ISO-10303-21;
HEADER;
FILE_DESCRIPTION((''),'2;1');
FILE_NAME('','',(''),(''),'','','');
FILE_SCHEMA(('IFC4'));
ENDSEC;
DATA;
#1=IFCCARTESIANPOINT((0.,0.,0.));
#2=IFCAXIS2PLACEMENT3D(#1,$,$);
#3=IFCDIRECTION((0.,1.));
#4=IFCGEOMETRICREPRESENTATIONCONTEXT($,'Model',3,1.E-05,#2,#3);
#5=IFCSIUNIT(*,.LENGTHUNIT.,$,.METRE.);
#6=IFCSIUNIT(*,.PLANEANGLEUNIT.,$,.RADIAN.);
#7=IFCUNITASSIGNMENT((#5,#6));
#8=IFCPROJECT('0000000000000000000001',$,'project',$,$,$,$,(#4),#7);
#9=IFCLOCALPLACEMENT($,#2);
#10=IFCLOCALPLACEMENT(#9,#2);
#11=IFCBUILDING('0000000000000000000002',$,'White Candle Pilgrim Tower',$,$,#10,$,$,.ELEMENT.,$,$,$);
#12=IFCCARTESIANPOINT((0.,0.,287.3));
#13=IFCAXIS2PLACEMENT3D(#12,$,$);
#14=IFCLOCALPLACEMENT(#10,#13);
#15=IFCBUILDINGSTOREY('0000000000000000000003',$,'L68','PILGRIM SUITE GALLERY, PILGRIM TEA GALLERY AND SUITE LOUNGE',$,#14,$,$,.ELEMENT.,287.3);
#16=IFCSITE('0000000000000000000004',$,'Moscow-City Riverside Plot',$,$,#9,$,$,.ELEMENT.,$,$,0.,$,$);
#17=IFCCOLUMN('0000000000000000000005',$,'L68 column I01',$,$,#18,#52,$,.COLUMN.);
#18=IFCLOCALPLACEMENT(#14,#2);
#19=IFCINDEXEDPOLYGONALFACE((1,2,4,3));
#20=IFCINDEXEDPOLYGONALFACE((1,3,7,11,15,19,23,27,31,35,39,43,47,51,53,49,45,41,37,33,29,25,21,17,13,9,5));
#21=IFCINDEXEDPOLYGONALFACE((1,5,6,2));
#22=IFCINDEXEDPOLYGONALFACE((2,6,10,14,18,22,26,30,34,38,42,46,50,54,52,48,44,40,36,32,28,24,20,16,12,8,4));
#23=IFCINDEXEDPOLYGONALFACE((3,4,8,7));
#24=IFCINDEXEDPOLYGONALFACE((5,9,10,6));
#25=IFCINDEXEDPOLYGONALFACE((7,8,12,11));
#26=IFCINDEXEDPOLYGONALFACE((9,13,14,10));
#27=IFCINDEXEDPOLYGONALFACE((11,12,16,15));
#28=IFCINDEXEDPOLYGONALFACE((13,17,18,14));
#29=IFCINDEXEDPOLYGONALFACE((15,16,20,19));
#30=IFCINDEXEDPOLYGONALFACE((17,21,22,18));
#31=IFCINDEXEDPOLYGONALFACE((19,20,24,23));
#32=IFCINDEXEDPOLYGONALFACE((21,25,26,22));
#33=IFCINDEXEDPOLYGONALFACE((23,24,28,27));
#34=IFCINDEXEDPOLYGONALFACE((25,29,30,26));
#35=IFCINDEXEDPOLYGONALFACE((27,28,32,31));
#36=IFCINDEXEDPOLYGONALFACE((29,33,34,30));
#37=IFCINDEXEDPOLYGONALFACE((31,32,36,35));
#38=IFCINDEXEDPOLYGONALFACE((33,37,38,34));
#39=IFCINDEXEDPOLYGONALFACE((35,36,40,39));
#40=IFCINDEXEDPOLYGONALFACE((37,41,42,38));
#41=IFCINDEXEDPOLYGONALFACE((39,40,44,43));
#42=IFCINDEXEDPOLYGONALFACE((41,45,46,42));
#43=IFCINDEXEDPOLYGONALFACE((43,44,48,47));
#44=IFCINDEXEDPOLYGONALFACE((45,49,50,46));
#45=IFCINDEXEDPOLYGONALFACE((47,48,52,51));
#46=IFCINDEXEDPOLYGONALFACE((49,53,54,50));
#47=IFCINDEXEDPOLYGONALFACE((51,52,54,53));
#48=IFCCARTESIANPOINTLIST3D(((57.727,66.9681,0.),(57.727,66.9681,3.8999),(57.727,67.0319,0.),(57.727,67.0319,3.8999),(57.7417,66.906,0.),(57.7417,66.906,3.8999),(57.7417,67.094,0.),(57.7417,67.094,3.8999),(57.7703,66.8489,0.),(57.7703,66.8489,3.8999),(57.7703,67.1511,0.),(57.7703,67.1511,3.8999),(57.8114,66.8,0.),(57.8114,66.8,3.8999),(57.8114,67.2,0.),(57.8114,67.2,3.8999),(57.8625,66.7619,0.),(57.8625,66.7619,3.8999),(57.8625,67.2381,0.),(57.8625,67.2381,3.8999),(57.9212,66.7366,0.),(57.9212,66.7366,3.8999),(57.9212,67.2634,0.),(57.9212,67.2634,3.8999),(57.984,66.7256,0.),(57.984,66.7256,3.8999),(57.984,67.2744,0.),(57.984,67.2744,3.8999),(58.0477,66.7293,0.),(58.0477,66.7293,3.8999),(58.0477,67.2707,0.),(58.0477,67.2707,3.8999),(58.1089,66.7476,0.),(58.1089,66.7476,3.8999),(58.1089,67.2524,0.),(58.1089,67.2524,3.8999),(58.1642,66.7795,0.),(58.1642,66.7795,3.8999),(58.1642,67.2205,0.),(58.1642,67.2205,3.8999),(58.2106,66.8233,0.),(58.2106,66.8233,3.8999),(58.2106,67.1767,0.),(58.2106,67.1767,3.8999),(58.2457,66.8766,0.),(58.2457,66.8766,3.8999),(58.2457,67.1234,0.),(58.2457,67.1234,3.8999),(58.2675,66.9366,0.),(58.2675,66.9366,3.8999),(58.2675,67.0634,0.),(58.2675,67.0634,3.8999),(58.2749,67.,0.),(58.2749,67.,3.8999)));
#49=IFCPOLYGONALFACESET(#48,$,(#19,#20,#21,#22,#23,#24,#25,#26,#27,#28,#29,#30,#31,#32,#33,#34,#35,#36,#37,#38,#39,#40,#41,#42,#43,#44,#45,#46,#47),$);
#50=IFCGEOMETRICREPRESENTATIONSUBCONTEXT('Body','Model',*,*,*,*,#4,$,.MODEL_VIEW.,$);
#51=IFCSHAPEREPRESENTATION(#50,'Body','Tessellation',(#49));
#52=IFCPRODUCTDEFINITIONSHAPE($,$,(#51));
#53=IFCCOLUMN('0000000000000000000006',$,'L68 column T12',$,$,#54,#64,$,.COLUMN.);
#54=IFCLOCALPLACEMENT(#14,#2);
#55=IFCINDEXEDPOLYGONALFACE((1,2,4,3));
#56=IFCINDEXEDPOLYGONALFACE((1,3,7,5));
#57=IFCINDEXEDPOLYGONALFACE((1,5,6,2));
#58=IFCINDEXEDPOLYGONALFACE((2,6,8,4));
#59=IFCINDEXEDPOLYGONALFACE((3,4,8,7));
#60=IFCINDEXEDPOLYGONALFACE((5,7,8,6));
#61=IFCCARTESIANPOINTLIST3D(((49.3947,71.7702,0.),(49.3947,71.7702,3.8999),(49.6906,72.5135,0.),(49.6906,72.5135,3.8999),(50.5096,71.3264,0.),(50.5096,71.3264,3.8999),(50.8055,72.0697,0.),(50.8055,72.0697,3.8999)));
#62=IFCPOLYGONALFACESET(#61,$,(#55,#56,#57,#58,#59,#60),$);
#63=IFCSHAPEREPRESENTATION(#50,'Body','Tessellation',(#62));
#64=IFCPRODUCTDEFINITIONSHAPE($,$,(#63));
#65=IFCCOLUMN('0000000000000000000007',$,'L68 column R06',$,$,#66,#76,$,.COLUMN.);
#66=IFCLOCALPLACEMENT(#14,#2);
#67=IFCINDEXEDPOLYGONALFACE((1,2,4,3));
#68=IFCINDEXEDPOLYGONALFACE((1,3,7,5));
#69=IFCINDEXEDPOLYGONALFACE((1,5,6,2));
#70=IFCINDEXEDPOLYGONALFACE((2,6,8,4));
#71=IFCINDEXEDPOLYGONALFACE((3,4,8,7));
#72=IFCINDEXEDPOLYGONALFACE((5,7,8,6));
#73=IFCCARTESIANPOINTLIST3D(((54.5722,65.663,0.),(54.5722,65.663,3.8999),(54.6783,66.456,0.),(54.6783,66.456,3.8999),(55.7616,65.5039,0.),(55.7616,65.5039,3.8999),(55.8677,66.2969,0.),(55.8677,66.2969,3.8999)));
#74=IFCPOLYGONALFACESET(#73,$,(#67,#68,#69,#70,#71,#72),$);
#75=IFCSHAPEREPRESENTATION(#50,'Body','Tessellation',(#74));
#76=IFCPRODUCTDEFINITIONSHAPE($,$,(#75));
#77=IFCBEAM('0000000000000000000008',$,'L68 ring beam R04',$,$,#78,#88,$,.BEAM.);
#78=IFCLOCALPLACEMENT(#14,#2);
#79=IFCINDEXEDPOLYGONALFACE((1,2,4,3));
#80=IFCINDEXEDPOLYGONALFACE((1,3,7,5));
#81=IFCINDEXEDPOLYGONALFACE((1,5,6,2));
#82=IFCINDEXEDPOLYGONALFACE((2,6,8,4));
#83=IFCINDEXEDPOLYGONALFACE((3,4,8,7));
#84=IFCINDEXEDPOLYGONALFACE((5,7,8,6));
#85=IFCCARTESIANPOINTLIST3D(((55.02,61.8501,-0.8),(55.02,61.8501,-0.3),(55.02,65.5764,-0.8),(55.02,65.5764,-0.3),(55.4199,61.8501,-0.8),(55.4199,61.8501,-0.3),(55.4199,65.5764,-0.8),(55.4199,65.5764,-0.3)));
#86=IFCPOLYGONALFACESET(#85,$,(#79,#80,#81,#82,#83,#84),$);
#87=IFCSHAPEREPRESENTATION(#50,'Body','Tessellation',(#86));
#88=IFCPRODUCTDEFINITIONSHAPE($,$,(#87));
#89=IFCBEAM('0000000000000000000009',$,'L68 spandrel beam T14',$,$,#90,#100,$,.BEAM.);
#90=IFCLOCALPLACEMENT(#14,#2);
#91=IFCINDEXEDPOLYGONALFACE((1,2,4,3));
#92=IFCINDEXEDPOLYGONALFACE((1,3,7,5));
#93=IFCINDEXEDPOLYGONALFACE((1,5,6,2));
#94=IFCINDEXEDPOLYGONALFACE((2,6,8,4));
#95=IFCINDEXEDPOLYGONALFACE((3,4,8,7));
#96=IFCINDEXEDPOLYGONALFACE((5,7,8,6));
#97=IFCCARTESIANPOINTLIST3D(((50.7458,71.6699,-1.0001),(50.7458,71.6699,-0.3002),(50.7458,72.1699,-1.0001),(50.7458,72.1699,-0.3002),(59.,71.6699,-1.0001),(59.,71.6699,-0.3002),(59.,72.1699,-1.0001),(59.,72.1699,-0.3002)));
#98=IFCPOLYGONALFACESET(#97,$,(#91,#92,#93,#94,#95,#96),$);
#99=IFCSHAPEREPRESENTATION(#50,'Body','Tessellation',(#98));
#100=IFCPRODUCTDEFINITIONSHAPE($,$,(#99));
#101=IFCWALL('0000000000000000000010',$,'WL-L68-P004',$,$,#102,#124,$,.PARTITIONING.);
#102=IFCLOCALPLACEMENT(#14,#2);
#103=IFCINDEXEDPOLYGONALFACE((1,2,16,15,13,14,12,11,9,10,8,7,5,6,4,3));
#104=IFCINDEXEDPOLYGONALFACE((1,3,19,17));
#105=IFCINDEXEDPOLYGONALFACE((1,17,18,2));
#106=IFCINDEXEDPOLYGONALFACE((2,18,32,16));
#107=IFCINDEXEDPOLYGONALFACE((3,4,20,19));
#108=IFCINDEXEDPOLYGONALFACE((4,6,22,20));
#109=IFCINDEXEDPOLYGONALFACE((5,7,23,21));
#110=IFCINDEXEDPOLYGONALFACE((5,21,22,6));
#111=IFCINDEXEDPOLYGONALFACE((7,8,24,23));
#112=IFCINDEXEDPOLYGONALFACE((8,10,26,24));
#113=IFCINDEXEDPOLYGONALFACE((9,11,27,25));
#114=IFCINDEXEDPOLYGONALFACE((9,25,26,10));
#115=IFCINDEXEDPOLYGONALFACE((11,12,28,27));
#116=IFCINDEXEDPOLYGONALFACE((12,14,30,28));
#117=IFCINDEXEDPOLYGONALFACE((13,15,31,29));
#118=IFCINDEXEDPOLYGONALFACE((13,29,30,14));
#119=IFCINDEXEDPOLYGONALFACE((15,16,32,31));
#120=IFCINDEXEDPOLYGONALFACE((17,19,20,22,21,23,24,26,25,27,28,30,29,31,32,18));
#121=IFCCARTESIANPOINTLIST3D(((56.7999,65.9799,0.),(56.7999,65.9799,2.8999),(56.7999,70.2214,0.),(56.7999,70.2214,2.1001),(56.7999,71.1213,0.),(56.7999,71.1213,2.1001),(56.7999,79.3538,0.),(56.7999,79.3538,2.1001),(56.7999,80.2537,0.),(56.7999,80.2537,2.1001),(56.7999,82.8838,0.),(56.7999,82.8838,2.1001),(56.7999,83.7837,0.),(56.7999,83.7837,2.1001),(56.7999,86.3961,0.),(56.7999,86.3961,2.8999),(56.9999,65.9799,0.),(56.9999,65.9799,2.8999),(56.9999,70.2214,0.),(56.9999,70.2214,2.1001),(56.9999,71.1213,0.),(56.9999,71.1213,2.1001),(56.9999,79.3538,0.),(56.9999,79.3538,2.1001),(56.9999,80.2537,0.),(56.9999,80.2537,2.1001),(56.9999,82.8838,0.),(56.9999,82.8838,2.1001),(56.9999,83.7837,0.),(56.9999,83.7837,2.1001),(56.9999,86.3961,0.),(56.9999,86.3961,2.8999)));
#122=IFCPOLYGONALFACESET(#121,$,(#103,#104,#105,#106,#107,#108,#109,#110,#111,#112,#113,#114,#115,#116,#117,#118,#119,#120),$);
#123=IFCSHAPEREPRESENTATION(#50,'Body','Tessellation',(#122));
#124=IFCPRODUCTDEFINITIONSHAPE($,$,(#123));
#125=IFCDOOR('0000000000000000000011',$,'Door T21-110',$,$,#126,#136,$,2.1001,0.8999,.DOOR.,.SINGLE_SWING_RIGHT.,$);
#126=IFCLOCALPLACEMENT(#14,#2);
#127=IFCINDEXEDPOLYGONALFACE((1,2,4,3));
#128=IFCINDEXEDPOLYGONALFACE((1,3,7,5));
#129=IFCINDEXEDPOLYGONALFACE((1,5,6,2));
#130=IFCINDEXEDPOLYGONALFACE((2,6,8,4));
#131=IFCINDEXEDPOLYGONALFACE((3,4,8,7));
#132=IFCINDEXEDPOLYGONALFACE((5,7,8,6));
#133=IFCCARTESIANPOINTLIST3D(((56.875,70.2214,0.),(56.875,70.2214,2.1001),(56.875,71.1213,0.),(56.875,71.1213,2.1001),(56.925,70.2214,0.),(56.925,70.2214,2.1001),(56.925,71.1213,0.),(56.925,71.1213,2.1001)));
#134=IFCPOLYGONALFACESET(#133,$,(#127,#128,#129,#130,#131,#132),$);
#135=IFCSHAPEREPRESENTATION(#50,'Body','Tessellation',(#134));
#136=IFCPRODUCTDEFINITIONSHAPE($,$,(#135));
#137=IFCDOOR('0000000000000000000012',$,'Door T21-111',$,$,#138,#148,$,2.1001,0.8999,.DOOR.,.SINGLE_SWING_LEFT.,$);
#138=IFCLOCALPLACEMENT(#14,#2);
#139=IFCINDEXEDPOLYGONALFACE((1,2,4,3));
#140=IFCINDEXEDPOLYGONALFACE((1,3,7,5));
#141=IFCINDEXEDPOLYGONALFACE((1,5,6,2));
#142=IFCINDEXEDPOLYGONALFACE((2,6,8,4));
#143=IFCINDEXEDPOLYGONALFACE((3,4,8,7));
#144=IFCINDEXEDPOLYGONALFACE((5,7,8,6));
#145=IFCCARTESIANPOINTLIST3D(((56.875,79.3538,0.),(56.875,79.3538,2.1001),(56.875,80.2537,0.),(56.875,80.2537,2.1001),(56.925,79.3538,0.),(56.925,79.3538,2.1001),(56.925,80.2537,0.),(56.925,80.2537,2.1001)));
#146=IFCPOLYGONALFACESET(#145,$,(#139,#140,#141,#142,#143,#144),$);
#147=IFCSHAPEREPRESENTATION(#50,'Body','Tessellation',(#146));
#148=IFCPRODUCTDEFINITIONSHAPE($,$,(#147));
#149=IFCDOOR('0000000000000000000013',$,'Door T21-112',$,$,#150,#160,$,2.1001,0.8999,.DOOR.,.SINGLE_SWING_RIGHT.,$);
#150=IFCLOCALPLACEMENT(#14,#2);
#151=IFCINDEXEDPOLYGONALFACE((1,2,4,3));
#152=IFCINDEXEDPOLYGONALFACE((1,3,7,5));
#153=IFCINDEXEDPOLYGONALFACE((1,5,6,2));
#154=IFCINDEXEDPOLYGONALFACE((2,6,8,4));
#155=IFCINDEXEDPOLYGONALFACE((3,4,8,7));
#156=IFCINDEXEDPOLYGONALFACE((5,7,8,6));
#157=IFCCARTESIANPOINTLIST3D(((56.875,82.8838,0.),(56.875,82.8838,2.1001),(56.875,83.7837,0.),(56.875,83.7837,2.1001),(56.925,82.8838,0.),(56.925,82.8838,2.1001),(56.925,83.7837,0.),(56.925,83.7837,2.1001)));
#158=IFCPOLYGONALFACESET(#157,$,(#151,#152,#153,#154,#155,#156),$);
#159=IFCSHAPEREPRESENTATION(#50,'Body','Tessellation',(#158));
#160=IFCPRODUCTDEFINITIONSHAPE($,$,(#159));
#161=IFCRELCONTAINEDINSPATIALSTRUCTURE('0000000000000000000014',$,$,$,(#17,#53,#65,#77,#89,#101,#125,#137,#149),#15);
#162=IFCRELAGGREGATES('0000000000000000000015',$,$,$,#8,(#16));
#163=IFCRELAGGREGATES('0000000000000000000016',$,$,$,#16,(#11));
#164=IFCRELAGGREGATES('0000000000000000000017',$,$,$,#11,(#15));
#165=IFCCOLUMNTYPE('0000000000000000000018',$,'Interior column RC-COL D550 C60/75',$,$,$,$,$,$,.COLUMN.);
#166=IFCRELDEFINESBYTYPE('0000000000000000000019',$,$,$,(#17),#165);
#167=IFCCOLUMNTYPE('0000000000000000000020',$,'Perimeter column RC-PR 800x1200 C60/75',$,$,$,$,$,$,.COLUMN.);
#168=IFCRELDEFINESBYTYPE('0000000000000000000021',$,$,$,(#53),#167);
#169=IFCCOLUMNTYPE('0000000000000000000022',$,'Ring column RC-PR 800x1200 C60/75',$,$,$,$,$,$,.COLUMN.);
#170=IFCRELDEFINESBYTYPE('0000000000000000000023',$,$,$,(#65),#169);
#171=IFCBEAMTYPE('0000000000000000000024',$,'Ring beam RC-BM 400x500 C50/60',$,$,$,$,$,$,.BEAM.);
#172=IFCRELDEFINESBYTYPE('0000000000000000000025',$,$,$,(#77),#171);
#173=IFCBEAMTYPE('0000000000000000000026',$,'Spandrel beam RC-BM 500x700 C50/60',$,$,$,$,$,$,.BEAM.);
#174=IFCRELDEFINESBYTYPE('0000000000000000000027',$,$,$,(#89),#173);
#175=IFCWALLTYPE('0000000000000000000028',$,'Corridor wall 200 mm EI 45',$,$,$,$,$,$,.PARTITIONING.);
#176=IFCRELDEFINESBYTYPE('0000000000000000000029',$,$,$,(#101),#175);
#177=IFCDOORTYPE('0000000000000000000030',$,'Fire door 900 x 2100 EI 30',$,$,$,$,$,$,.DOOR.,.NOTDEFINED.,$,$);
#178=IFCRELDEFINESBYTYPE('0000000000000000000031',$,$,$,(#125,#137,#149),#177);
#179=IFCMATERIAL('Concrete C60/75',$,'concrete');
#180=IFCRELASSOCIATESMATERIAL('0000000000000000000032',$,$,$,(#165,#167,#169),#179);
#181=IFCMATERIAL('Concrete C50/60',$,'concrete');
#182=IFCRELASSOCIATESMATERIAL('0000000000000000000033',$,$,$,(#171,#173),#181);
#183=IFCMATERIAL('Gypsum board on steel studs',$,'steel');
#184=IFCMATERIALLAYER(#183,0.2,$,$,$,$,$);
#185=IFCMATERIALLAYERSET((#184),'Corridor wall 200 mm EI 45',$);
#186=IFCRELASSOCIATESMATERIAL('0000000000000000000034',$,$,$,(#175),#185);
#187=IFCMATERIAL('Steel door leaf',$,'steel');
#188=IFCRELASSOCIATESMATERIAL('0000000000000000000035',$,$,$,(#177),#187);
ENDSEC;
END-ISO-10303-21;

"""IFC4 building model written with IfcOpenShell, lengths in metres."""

from ifc_helpers import new_model, si_unit, direction, frame, frame_2d, origin, origin_2d, place, context, subcontext, project, spatial, rectangle, circle, extrude, material, layer, layer_set, material_profile, profile_set, type_object, element, fill, save


model = new_model("IFC4")

# Units and contexts
model_context = context("Model", 3, precision=1e-05, world=origin(), true_north=direction((0.0, 1.0)))
body_context = subcontext(model_context, "Body", "Model", "MODEL_VIEW")
ifc_project = project(units=[si_unit("LENGTHUNIT", "METRE"), si_unit("PLANEANGLEUNIT", "RADIAN")], contexts=[model_context])

# Site, building, storey
site_placement = place(None, origin())
site = spatial("IfcSite", under=ifc_project, at=site_placement, Name="Moscow-City Riverside Plot", CompositionType="ELEMENT", RefElevation=0.0)
building_placement = place(site_placement, origin())
building = spatial("IfcBuilding", under=site, at=building_placement, Name="White Candle Pilgrim Tower", CompositionType="ELEMENT")
storey_placement = place(building_placement, frame((0.0, 0.0, 287.3)))
storey = spatial("IfcBuildingStorey", under=building, at=storey_placement, Name="L68", Description="PILGRIM SUITE GALLERY, PILGRIM TEA GALLERY AND SUITE LOUNGE", CompositionType="ELEMENT", Elevation=287.3)

# Columns
ifc_material_1 = material(Name="Concrete C60/75", Category="concrete")
ifc_material_profile_1 = material_profile(ifc_material_1, circle(Radius=0.2749, at=origin_2d()), Name="RC-COL D550")
ifc_profile_set_1 = profile_set([ifc_material_profile_1], Name="Concrete C60/75")
column_type_1 = type_object("IfcColumnType", Name="Interior column RC-COL D550 C60/75", PredefinedType="COLUMN", material=ifc_profile_set_1)
column_1_placement = place(storey_placement, frame((58.0, 67.0, 0.0), z_axis=(0.0, 0.0, 1.0), x_axis=(1.0, 0.0, 0.0)))
element("IfcColumn", 1, at=column_1_placement, inside=storey, type_object=column_type_1, Name="L68 column I01", PredefinedType="COLUMN", context=body_context, shape_type="SweptSolid", body=[
    extrude(circle(Radius=0.2749, at=origin_2d()), origin(), (0.0, 0.0, 1.0), 3.8999),
])
ifc_material_profile_2 = material_profile(ifc_material_1, rectangle(XDim=0.8, YDim=1.2, at=origin_2d()), Name="RC-PR 800x1200")
ifc_profile_set_2 = profile_set([ifc_material_profile_2], Name="Concrete C60/75")
column_type_2 = type_object("IfcColumnType", Name="Perimeter column RC-PR 800x1200 C60/75", PredefinedType="COLUMN", material=ifc_profile_set_2)
column_2_placement = place(storey_placement, frame((50.1001, 71.9199, 0.0), z_axis=(0.0, 0.0, 1.0), x_axis=(0.36986, 0.929087, 0.0)))
element("IfcColumn", 2, at=column_2_placement, inside=storey, type_object=column_type_2, Name="L68 column T12", PredefinedType="COLUMN", context=body_context, shape_type="SweptSolid", body=[
    extrude(rectangle(XDim=0.8, YDim=1.2, at=origin_2d()), origin(), (0.0, 0.0, 1.0), 3.8999),
])
ifc_material_profile_3 = material_profile(ifc_material_1, rectangle(XDim=0.8, YDim=1.2, at=origin_2d()), Name="RC-PR 800x1200")
ifc_profile_set_3 = profile_set([ifc_material_profile_3], Name="Concrete C60/75")
column_type_3 = type_object("IfcColumnType", Name="Ring column RC-PR 800x1200 C60/75", PredefinedType="COLUMN", material=ifc_profile_set_3)
column_3_placement = place(storey_placement, frame((55.22, 65.98, 0.0), z_axis=(0.0, 0.0, 1.0), x_axis=(0.132602, 0.991169, 0.0)))
element("IfcColumn", 3, at=column_3_placement, inside=storey, type_object=column_type_3, Name="L68 column R06", PredefinedType="COLUMN", context=body_context, shape_type="SweptSolid", body=[
    extrude(rectangle(XDim=0.8, YDim=1.2, at=origin_2d()), origin(), (0.0, 0.0, 1.0), 3.8999),
])

# Beams
ifc_material_2 = material(Name="Concrete C50/60", Category="concrete")
ifc_material_profile_4 = material_profile(ifc_material_2, rectangle(XDim=0.3999, YDim=0.5, at=origin_2d()), Name="RC-BM 400x500")
ifc_profile_set_4 = profile_set([ifc_material_profile_4], Name="Concrete C50/60")
beam_type_1 = type_object("IfcBeamType", Name="Ring beam RC-BM 400x500 C50/60", PredefinedType="BEAM", material=ifc_profile_set_4)
beam_1_placement = place(storey_placement, frame((55.22, 65.5764, -0.55), z_axis=(0.0, -1.0, 0.0), x_axis=(1.0, 0.0, 0.0)))
element("IfcBeam", 4, at=beam_1_placement, inside=storey, type_object=beam_type_1, Name="L68 ring beam R04", PredefinedType="BEAM", context=body_context, shape_type="SweptSolid", body=[
    extrude(rectangle(XDim=0.3999, YDim=0.5, at=origin_2d()), origin(), (0.0, 0.0, 1.0), 3.7263),
])
ifc_material_profile_5 = material_profile(ifc_material_2, rectangle(XDim=0.5, YDim=0.7, at=origin_2d()), Name="RC-BM 500x700")
ifc_profile_set_5 = profile_set([ifc_material_profile_5], Name="Concrete C50/60")
beam_type_2 = type_object("IfcBeamType", Name="Spandrel beam RC-BM 500x700 C50/60", PredefinedType="BEAM", material=ifc_profile_set_5)
beam_2_placement = place(storey_placement, frame((50.7458, 71.9199, -0.6501), z_axis=(1.0, 0.0, 0.0), x_axis=(0.0, 1.0, 0.0)))
element("IfcBeam", 5, at=beam_2_placement, inside=storey, type_object=beam_type_2, Name="L68 spandrel beam T14", PredefinedType="BEAM", context=body_context, shape_type="SweptSolid", body=[
    extrude(rectangle(XDim=0.5, YDim=0.7, at=origin_2d()), origin(), (0.0, 0.0, 1.0), 8.2542),
])

# Wall, openings, doors
ifc_material_3 = material(Name="Gypsum board on steel studs", Category="steel")
ifc_layer_1 = layer(ifc_material_3, 0.2)
ifc_layer_set_1 = layer_set([ifc_layer_1], Name="Corridor wall 200 mm EI 45")
wall_type_1 = type_object("IfcWallType", Name="Corridor wall 200 mm EI 45", PredefinedType="PARTITIONING", material=ifc_layer_set_1)
wall_1_placement = place(storey_placement, frame((56.8999, 65.98, 0.0), z_axis=(0.0, 0.0, 1.0), x_axis=(0.0, 1.0, 0.0)))
wall_1 = element("IfcWall", 6, at=wall_1_placement, inside=storey, type_object=wall_type_1, Name="WL-L68-P004", PredefinedType="PARTITIONING", context=body_context, shape_type="SweptSolid", body=[
    extrude(rectangle(XDim=20.4163, YDim=0.2, at=frame_2d((10.208, 0.0))), origin(), (0.0, 0.0, 1.0), 2.8999),
])
opening_1_placement = place(wall_1_placement, frame((4.2415, 0.0, 0.0)))
opening_1 = element("IfcOpeningElement", 7, at=opening_1_placement, cuts=wall_1, PredefinedType="OPENING", context=body_context, shape_type="SweptSolid", body=[
    extrude(rectangle(XDim=0.8999, YDim=2.1001, at=frame_2d((0.45, 1.05))), frame((0.0, 0.1099, 0.0), z_axis=(0.0, -1.0, 0.0), x_axis=(1.0, 0.0, 0.0)), (0.0, 0.0, 1.0), 0.22),
])
opening_2_placement = place(wall_1_placement, frame((13.3738, 0.0, 0.0)))
opening_2 = element("IfcOpeningElement", 8, at=opening_2_placement, cuts=wall_1, PredefinedType="OPENING", context=body_context, shape_type="SweptSolid", body=[
    extrude(rectangle(XDim=0.8999, YDim=2.1001, at=frame_2d((0.45, 1.05))), frame((0.0, 0.1099, 0.0), z_axis=(0.0, -1.0, 0.0), x_axis=(1.0, 0.0, 0.0)), (0.0, 0.0, 1.0), 0.22),
])
opening_3_placement = place(wall_1_placement, frame((16.9038, 0.0, 0.0)))
opening_3 = element("IfcOpeningElement", 9, at=opening_3_placement, cuts=wall_1, PredefinedType="OPENING", context=body_context, shape_type="SweptSolid", body=[
    extrude(rectangle(XDim=0.8999, YDim=2.1001, at=frame_2d((0.45, 1.05))), frame((0.0, 0.1099, 0.0), z_axis=(0.0, -1.0, 0.0), x_axis=(1.0, 0.0, 0.0)), (0.0, 0.0, 1.0), 0.22),
])
ifc_material_4 = material(Name="Steel door leaf", Category="steel")
door_type_1 = type_object("IfcDoorType", Name="Fire door 900 x 2100 EI 30", OperationType="NOTDEFINED", PredefinedType="DOOR", material=ifc_material_4)
door_1_placement = place(opening_1_placement, origin())
door_1 = element("IfcDoor", 10, at=door_1_placement, inside=storey, type_object=door_type_1, Name="Door T21-110", OperationType="SINGLE_SWING_RIGHT", OverallHeight=2.1001, OverallWidth=0.8999, PredefinedType="DOOR", context=body_context, shape_type="SweptSolid", body=[
    extrude(rectangle(XDim=0.8999, YDim=2.1001, at=frame_2d((0.45, 1.05))), frame((0.0, 0.0249, 0.0), z_axis=(0.0, -1.0, 0.0), x_axis=(1.0, 0.0, 0.0)), (0.0, 0.0, 1.0), 0.05),
])
fill(opening_1, door_1)
door_2_placement = place(opening_2_placement, origin())
door_2 = element("IfcDoor", 11, at=door_2_placement, inside=storey, type_object=door_type_1, Name="Door T21-111", OperationType="SINGLE_SWING_LEFT", OverallHeight=2.1001, OverallWidth=0.8999, PredefinedType="DOOR", context=body_context, shape_type="SweptSolid", body=[
    extrude(rectangle(XDim=0.8999, YDim=2.1001, at=frame_2d((0.45, 1.05))), frame((0.0, 0.0249, 0.0), z_axis=(0.0, -1.0, 0.0), x_axis=(1.0, 0.0, 0.0)), (0.0, 0.0, 1.0), 0.05),
])
fill(opening_2, door_2)
door_3_placement = place(opening_3_placement, origin())
door_3 = element("IfcDoor", 12, at=door_3_placement, inside=storey, type_object=door_type_1, Name="Door T21-112", OperationType="SINGLE_SWING_RIGHT", OverallHeight=2.1001, OverallWidth=0.8999, PredefinedType="DOOR", context=body_context, shape_type="SweptSolid", body=[
    extrude(rectangle(XDim=0.8999, YDim=2.1001, at=frame_2d((0.45, 1.05))), frame((0.0, 0.0249, 0.0), z_axis=(0.0, -1.0, 0.0), x_axis=(1.0, 0.0, 0.0)), (0.0, 0.0, 1.0), 0.05),
])
fill(opening_3, door_3)

save(model, "model.ifc")
